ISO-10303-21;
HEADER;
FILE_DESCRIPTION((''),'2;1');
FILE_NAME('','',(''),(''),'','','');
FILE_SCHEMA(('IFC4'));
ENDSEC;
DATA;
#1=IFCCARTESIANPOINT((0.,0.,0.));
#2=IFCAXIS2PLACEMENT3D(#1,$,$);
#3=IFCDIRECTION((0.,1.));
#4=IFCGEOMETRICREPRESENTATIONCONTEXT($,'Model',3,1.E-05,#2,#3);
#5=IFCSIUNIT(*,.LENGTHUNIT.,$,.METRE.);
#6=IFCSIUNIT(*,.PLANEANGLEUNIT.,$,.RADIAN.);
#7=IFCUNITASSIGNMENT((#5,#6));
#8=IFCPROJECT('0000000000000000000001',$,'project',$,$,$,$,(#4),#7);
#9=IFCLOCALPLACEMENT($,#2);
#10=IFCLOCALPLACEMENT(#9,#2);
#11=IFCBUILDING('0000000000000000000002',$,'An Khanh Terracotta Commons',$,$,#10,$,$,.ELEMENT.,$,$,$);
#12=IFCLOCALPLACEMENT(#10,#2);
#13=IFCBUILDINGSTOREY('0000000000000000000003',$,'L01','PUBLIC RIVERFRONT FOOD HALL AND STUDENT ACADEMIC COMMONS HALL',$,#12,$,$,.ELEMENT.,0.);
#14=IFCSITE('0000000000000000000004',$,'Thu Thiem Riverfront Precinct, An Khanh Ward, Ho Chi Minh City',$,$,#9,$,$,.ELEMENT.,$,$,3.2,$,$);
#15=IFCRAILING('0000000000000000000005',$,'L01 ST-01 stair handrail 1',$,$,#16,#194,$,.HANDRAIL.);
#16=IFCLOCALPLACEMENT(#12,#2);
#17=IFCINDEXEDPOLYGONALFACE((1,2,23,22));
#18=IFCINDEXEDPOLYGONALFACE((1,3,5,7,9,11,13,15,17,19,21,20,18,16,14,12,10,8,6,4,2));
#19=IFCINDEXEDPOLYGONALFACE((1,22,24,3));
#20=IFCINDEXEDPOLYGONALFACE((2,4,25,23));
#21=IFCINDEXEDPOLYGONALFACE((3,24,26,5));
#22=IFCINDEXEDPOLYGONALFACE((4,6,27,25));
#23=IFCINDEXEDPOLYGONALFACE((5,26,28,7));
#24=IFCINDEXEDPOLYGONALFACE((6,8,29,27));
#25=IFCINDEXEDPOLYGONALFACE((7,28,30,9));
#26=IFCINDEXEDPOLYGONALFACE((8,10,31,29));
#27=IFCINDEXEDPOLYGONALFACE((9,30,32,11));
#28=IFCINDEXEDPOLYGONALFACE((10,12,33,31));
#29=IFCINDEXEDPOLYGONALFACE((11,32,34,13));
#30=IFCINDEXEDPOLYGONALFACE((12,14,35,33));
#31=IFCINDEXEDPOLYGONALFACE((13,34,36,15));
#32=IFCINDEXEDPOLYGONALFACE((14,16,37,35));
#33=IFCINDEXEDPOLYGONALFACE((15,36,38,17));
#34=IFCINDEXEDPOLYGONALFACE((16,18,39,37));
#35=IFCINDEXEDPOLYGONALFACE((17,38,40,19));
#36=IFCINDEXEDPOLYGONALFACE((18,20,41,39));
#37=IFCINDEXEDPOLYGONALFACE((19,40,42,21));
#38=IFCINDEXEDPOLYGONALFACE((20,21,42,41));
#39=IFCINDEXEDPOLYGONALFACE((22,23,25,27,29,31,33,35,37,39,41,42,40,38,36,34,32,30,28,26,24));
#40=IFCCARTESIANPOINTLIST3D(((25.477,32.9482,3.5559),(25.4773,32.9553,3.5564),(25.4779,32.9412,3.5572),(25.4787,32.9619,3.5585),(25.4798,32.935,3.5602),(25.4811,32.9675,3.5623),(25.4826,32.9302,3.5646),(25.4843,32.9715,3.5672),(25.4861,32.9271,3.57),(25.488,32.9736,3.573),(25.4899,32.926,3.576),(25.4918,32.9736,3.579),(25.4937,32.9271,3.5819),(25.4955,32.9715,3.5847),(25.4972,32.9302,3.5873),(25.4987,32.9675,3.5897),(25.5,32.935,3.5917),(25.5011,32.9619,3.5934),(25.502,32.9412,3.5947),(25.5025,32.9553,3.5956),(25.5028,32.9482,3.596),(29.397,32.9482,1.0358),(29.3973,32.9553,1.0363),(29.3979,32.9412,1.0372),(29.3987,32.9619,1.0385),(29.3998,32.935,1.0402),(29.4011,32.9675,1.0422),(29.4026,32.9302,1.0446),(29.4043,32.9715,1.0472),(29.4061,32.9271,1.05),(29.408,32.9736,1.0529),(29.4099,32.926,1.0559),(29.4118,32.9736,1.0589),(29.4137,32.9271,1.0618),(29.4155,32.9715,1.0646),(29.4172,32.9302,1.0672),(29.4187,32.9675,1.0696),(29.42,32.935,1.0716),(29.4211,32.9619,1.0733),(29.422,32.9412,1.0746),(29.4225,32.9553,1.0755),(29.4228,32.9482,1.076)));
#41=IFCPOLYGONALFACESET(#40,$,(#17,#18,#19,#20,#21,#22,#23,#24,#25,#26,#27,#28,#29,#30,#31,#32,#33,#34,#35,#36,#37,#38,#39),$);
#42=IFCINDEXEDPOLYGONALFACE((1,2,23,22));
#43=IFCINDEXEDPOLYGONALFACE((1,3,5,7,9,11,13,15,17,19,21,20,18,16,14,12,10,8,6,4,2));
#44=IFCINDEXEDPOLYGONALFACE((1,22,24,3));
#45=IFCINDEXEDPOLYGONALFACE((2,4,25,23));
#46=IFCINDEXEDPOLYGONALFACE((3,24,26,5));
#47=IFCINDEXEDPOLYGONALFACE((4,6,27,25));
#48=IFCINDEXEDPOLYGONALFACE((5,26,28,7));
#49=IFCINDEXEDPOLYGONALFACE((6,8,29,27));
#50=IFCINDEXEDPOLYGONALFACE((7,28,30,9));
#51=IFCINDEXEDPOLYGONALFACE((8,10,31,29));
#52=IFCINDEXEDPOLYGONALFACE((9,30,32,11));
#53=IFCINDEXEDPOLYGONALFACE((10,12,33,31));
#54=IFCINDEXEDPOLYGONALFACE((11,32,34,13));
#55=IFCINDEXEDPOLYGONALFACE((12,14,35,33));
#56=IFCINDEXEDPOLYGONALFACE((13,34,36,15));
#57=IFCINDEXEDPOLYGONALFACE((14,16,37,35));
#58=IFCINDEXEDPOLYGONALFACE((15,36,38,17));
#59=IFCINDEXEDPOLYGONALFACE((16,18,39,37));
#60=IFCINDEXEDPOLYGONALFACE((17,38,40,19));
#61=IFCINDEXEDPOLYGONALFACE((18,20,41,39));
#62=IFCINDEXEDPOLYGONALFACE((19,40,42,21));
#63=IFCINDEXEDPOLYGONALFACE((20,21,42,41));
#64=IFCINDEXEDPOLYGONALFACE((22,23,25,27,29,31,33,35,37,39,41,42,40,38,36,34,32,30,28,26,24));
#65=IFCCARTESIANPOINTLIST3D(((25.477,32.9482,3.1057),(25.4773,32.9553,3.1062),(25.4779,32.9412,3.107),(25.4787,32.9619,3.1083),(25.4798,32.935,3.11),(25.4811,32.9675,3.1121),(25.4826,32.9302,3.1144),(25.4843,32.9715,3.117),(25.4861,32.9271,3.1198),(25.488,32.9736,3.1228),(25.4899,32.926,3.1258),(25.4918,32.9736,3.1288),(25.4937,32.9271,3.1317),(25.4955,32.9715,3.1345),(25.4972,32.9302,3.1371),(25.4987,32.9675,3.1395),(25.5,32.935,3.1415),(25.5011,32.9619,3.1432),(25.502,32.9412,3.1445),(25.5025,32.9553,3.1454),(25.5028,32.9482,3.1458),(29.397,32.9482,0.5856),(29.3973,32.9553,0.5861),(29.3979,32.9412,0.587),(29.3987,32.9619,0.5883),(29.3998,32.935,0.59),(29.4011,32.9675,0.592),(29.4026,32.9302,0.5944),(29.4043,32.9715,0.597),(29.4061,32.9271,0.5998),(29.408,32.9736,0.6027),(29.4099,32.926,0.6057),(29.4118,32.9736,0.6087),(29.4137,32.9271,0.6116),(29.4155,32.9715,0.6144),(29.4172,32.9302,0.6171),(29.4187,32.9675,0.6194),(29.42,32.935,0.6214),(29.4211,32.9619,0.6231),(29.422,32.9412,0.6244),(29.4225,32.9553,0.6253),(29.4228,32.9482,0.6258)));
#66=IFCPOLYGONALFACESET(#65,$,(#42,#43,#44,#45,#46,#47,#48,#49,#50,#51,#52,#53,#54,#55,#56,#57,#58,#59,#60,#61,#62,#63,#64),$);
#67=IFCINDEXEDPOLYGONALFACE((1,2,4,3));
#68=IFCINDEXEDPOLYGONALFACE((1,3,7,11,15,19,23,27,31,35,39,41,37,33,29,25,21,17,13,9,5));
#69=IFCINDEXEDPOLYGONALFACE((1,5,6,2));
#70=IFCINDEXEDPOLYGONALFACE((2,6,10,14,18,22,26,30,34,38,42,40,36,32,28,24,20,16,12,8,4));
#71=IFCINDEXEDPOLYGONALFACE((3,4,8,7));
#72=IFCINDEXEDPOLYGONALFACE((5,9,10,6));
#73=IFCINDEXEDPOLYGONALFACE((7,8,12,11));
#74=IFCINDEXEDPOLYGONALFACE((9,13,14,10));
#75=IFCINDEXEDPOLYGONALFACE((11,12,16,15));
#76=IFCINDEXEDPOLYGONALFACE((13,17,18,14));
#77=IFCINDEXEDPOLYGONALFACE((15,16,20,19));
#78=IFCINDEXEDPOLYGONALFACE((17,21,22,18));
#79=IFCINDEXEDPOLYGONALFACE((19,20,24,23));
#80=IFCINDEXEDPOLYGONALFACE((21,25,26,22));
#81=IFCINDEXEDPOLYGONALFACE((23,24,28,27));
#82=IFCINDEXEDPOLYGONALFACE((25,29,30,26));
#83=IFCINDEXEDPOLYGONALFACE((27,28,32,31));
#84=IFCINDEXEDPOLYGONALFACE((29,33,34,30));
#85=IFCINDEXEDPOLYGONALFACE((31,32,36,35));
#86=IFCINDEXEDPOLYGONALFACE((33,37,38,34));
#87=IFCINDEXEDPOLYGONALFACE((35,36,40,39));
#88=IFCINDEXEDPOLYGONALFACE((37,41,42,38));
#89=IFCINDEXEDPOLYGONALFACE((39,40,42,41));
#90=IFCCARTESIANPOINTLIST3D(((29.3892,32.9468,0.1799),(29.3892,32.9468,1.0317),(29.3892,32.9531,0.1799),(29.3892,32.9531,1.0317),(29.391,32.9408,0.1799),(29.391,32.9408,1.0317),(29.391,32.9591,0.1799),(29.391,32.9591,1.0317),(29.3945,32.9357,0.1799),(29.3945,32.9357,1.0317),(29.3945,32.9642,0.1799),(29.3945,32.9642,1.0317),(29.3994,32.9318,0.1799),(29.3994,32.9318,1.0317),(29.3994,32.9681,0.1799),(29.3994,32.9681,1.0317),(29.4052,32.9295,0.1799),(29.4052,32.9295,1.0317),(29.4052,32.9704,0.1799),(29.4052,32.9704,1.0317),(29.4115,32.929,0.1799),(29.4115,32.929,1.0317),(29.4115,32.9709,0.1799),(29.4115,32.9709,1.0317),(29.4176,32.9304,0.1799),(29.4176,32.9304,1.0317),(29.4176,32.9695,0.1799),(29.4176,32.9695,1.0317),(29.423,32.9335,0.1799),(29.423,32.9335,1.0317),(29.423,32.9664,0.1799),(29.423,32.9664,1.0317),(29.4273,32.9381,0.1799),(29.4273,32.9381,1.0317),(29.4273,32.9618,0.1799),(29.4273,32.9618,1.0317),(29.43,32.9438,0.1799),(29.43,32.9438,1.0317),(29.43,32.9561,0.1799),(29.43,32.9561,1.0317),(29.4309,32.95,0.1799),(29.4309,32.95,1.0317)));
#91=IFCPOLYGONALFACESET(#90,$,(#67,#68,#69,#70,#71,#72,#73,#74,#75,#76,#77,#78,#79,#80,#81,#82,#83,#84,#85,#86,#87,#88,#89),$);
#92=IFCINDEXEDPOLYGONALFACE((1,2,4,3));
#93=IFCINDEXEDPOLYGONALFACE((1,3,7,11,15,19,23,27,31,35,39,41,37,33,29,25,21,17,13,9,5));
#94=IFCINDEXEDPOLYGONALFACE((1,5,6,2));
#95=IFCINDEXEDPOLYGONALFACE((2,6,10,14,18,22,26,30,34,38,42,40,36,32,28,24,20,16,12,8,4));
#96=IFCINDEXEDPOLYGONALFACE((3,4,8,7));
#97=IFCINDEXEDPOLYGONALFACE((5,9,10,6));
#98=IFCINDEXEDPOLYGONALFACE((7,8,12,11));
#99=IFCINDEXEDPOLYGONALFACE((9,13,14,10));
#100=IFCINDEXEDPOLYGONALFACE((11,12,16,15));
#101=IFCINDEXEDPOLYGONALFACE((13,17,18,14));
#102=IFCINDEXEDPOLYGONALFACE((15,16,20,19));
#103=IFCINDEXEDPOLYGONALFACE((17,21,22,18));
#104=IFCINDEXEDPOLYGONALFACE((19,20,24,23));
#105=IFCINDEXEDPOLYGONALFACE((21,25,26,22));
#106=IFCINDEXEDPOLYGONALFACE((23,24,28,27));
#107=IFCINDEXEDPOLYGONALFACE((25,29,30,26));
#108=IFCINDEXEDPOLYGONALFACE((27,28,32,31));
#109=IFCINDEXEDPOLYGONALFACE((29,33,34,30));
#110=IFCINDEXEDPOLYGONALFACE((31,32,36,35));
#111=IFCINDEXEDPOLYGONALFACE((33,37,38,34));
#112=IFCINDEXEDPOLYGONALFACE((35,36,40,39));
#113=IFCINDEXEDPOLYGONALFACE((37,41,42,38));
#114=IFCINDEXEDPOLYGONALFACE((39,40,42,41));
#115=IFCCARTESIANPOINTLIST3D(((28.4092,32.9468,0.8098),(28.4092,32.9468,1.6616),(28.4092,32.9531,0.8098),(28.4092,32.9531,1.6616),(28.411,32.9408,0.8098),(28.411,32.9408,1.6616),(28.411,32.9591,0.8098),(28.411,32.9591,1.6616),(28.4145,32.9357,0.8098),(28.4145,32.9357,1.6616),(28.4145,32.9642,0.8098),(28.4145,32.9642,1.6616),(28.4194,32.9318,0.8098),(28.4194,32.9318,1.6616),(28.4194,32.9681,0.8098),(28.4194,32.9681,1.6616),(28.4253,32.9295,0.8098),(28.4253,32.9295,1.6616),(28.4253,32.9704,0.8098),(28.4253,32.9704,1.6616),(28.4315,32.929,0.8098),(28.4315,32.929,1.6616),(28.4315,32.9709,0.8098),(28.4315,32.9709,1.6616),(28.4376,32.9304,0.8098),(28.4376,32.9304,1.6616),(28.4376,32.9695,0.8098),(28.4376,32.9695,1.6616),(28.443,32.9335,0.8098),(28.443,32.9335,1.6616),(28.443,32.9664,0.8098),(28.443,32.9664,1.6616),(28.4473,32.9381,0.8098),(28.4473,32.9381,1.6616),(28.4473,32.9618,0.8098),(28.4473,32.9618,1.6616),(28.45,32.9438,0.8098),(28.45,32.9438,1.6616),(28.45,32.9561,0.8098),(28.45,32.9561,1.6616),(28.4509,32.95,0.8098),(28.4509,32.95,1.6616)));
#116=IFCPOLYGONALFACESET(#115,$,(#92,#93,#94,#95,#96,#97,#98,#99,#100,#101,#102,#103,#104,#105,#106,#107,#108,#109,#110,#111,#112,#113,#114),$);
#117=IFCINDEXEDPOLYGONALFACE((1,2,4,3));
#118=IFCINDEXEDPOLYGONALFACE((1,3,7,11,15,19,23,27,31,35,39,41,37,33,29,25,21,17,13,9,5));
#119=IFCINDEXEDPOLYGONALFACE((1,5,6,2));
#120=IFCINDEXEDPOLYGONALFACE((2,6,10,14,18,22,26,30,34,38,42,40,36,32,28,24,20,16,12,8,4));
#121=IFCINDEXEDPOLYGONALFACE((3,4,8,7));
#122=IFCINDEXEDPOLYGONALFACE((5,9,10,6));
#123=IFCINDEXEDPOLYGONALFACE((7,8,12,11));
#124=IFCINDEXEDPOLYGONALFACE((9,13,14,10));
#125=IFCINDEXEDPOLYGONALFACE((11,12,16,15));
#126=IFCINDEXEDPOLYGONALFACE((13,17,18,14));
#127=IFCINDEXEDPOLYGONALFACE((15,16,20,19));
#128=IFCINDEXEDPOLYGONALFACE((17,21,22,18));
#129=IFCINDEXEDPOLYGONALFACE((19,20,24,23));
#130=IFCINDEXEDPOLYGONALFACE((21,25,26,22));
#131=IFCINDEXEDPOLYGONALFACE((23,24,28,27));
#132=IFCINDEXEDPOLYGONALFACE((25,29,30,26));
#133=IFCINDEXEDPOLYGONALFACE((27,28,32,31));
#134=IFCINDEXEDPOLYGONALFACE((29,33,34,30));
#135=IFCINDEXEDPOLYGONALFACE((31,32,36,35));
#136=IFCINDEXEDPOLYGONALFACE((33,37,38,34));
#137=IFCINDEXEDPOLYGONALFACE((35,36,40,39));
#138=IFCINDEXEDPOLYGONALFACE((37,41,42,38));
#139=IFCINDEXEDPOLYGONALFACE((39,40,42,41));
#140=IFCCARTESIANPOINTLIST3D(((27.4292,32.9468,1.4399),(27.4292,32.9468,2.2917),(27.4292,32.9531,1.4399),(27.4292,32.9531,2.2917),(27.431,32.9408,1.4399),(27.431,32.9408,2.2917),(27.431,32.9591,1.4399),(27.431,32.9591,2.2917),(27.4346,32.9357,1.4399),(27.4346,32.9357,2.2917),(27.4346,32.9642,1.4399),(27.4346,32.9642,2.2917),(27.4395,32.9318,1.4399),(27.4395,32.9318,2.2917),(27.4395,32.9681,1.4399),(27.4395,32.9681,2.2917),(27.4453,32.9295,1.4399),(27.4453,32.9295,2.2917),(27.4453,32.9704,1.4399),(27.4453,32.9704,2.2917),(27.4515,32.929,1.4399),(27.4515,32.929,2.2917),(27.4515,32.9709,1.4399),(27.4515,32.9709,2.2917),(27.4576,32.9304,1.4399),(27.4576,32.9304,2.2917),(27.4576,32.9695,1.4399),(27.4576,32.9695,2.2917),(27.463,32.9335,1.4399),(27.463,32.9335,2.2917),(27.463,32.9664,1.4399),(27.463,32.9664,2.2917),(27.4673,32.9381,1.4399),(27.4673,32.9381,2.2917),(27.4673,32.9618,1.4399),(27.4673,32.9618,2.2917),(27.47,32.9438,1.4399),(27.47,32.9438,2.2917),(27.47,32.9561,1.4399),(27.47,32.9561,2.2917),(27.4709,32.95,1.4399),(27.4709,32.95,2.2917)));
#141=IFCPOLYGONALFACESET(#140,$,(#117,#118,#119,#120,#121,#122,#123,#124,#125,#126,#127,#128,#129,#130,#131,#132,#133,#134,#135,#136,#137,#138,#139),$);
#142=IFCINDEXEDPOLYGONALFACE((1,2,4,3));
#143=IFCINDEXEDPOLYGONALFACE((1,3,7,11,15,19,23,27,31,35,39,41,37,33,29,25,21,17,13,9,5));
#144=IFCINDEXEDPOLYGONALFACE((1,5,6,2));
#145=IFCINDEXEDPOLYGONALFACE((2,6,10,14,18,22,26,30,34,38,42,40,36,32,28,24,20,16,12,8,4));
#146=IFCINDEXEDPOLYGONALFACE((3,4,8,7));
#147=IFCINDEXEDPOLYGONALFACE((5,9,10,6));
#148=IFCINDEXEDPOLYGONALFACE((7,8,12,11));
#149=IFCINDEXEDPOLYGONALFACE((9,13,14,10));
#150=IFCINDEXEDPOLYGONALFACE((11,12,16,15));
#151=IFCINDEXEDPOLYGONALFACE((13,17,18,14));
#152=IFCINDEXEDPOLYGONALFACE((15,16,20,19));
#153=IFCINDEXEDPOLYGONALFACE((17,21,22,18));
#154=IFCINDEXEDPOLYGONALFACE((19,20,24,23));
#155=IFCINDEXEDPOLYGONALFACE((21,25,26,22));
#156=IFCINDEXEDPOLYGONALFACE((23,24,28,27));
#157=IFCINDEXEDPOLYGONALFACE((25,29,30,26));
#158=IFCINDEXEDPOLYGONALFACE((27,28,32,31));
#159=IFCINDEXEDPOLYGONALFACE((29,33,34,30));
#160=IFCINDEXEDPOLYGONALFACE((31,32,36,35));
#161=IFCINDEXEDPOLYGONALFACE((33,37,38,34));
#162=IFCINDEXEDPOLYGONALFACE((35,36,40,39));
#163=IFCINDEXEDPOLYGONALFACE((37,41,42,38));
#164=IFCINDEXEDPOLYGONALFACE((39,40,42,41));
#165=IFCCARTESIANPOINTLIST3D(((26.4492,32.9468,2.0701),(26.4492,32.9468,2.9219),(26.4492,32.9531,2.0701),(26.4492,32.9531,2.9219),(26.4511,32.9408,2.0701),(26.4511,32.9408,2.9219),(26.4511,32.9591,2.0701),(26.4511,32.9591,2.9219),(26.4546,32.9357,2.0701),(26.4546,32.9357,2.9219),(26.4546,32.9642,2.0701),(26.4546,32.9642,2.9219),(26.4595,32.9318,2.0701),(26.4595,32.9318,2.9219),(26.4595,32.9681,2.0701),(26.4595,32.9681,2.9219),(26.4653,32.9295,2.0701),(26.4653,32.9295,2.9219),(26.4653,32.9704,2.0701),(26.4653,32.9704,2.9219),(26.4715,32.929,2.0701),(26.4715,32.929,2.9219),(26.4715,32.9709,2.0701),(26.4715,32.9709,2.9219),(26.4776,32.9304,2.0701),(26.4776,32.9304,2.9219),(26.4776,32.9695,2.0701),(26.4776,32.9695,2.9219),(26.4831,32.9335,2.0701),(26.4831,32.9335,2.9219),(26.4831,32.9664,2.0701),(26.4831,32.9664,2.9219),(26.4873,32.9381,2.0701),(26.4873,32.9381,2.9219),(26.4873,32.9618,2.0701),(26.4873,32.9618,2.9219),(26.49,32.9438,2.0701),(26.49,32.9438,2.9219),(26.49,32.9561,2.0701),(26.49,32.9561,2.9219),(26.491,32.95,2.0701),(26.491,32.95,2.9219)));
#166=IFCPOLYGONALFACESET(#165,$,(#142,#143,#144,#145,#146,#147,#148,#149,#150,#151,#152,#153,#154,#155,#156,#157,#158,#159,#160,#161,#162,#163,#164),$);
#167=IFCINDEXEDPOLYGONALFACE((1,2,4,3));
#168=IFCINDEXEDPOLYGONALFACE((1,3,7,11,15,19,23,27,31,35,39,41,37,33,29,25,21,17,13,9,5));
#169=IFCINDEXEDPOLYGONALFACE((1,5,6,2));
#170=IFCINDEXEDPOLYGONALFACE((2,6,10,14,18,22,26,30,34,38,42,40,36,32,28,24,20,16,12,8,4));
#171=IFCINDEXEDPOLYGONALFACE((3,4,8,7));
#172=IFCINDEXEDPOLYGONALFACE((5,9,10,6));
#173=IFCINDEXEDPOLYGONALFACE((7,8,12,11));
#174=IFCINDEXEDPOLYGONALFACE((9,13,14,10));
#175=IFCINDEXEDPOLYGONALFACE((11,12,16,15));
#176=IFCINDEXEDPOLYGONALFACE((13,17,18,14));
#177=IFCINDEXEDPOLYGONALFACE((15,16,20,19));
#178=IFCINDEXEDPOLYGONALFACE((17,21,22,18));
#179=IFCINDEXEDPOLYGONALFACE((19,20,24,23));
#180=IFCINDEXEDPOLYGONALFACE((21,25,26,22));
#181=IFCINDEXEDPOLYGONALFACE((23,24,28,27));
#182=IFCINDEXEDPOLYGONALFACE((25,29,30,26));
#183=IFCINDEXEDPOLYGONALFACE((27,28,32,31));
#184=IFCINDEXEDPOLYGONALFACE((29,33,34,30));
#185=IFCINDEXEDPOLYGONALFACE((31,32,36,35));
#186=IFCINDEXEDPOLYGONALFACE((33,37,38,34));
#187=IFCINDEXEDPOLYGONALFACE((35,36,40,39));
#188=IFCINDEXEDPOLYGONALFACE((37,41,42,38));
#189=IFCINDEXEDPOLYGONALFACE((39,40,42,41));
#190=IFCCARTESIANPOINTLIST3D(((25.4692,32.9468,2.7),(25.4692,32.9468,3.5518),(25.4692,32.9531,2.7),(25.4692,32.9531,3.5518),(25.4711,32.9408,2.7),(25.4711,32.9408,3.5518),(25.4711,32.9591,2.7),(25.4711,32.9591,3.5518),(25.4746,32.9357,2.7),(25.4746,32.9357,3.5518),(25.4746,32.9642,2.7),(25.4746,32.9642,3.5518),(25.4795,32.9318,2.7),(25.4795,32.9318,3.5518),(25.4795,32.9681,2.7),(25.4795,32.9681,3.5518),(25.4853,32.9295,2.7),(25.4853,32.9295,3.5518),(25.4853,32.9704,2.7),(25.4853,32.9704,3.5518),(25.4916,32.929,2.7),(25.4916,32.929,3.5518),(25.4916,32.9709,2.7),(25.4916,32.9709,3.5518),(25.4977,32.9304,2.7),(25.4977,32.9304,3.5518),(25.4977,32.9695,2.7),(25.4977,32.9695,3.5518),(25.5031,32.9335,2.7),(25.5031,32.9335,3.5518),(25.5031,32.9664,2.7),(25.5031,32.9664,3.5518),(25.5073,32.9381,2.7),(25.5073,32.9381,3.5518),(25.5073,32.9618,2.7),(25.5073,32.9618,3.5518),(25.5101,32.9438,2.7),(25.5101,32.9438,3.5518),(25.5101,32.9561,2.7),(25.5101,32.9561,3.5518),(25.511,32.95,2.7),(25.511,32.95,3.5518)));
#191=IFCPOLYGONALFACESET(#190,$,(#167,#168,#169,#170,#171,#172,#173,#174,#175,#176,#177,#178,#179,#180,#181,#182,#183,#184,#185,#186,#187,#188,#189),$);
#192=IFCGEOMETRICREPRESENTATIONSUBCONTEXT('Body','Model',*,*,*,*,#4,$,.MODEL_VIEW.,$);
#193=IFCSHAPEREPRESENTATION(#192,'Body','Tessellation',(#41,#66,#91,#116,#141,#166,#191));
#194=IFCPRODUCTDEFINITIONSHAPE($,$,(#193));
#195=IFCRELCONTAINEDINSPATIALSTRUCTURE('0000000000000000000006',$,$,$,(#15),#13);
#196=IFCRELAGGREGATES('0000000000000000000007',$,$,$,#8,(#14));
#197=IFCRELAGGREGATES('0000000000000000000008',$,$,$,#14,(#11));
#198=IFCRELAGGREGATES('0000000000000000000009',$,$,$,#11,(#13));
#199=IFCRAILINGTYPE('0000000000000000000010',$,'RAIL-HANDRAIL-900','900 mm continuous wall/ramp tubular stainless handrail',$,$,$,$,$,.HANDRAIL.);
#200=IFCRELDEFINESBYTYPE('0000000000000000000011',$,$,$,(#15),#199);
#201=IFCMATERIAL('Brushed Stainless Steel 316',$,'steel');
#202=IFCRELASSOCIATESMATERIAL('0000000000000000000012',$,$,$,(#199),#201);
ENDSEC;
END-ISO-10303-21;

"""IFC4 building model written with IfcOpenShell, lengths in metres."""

from ifc_helpers import new_model, si_unit, direction, frame, origin, origin_2d, place, context, subcontext, project, spatial, circle, extrude, material, type_object, element, save


model = new_model("IFC4")

# Units and contexts
model_context = context("Model", 3, precision=1e-05, world=origin(), true_north=direction((0.0, 1.0)))
body_context = subcontext(model_context, "Body", "Model", "MODEL_VIEW")
ifc_project = project(units=[si_unit("LENGTHUNIT", "METRE"), si_unit("PLANEANGLEUNIT", "RADIAN")], contexts=[model_context])

# Site, building, storey
site_placement = place(None, origin())
site = spatial("IfcSite", under=ifc_project, at=site_placement, Name="Thu Thiem Riverfront Precinct, An Khanh Ward, Ho Chi Minh City", CompositionType="ELEMENT", RefElevation=3.2)
building_placement = place(site_placement, origin())
building = spatial("IfcBuilding", under=site, at=building_placement, Name="An Khanh Terracotta Commons", CompositionType="ELEMENT")
storey_placement = place(building_placement, origin())
storey = spatial("IfcBuildingStorey", under=building, at=storey_placement, Name="L01", Description="PUBLIC RIVERFRONT FOOD HALL AND STUDENT ACADEMIC COMMONS HALL", CompositionType="ELEMENT", Elevation=0.0)

# Railing
ifc_material_1 = material(Name="Brushed Stainless Steel 316", Category="steel")
railing_type_1 = type_object("IfcRailingType", Name="RAIL-HANDRAIL-900", Description="900 mm continuous wall/ramp tubular stainless handrail", PredefinedType="HANDRAIL", material=ifc_material_1)
railing_1_placement = place(storey_placement, frame((29.4099, 32.95, 0.1799)))
element("IfcRailing", 1, at=railing_1_placement, inside=storey, type_object=railing_type_1, Name="L01 ST-01 stair handrail 1", PredefinedType="HANDRAIL", context=body_context, shape_type="SweptSolid", body=[
    extrude(circle(Radius=0.0239, at=origin_2d()), frame((0.0, 0.0, 0.876), z_axis=(-0.841172, 0.0, 0.540768), x_axis=(0.0, -1.0, 0.0)), (0.0, 0.0, 1.0), 4.6602),
    extrude(circle(Radius=0.0239, at=origin_2d()), frame((0.0, 0.0, 0.4258), z_axis=(-0.841172, 0.0, 0.540768), x_axis=(0.0, -1.0, 0.0)), (0.0, 0.0, 1.0), 4.6602),
    extrude(circle(Radius=0.021, at=origin_2d()), origin(), (0.0, 0.0, 1.0), 0.8518),
    extrude(circle(Radius=0.021, at=origin_2d()), frame((-0.98, 0.0, 0.6299)), (0.0, 0.0, 1.0), 0.8518),
    extrude(circle(Radius=0.021, at=origin_2d()), frame((-1.96, 0.0, 1.26)), (0.0, 0.0, 1.0), 0.8518),
    extrude(circle(Radius=0.021, at=origin_2d()), frame((-2.9399, 0.0, 1.8901)), (0.0, 0.0, 1.0), 0.8518),
    extrude(circle(Radius=0.021, at=origin_2d()), frame((-3.9199, 0.0, 2.52)), (0.0, 0.0, 1.0), 0.8518),
])

save(model, "model.ifc")
